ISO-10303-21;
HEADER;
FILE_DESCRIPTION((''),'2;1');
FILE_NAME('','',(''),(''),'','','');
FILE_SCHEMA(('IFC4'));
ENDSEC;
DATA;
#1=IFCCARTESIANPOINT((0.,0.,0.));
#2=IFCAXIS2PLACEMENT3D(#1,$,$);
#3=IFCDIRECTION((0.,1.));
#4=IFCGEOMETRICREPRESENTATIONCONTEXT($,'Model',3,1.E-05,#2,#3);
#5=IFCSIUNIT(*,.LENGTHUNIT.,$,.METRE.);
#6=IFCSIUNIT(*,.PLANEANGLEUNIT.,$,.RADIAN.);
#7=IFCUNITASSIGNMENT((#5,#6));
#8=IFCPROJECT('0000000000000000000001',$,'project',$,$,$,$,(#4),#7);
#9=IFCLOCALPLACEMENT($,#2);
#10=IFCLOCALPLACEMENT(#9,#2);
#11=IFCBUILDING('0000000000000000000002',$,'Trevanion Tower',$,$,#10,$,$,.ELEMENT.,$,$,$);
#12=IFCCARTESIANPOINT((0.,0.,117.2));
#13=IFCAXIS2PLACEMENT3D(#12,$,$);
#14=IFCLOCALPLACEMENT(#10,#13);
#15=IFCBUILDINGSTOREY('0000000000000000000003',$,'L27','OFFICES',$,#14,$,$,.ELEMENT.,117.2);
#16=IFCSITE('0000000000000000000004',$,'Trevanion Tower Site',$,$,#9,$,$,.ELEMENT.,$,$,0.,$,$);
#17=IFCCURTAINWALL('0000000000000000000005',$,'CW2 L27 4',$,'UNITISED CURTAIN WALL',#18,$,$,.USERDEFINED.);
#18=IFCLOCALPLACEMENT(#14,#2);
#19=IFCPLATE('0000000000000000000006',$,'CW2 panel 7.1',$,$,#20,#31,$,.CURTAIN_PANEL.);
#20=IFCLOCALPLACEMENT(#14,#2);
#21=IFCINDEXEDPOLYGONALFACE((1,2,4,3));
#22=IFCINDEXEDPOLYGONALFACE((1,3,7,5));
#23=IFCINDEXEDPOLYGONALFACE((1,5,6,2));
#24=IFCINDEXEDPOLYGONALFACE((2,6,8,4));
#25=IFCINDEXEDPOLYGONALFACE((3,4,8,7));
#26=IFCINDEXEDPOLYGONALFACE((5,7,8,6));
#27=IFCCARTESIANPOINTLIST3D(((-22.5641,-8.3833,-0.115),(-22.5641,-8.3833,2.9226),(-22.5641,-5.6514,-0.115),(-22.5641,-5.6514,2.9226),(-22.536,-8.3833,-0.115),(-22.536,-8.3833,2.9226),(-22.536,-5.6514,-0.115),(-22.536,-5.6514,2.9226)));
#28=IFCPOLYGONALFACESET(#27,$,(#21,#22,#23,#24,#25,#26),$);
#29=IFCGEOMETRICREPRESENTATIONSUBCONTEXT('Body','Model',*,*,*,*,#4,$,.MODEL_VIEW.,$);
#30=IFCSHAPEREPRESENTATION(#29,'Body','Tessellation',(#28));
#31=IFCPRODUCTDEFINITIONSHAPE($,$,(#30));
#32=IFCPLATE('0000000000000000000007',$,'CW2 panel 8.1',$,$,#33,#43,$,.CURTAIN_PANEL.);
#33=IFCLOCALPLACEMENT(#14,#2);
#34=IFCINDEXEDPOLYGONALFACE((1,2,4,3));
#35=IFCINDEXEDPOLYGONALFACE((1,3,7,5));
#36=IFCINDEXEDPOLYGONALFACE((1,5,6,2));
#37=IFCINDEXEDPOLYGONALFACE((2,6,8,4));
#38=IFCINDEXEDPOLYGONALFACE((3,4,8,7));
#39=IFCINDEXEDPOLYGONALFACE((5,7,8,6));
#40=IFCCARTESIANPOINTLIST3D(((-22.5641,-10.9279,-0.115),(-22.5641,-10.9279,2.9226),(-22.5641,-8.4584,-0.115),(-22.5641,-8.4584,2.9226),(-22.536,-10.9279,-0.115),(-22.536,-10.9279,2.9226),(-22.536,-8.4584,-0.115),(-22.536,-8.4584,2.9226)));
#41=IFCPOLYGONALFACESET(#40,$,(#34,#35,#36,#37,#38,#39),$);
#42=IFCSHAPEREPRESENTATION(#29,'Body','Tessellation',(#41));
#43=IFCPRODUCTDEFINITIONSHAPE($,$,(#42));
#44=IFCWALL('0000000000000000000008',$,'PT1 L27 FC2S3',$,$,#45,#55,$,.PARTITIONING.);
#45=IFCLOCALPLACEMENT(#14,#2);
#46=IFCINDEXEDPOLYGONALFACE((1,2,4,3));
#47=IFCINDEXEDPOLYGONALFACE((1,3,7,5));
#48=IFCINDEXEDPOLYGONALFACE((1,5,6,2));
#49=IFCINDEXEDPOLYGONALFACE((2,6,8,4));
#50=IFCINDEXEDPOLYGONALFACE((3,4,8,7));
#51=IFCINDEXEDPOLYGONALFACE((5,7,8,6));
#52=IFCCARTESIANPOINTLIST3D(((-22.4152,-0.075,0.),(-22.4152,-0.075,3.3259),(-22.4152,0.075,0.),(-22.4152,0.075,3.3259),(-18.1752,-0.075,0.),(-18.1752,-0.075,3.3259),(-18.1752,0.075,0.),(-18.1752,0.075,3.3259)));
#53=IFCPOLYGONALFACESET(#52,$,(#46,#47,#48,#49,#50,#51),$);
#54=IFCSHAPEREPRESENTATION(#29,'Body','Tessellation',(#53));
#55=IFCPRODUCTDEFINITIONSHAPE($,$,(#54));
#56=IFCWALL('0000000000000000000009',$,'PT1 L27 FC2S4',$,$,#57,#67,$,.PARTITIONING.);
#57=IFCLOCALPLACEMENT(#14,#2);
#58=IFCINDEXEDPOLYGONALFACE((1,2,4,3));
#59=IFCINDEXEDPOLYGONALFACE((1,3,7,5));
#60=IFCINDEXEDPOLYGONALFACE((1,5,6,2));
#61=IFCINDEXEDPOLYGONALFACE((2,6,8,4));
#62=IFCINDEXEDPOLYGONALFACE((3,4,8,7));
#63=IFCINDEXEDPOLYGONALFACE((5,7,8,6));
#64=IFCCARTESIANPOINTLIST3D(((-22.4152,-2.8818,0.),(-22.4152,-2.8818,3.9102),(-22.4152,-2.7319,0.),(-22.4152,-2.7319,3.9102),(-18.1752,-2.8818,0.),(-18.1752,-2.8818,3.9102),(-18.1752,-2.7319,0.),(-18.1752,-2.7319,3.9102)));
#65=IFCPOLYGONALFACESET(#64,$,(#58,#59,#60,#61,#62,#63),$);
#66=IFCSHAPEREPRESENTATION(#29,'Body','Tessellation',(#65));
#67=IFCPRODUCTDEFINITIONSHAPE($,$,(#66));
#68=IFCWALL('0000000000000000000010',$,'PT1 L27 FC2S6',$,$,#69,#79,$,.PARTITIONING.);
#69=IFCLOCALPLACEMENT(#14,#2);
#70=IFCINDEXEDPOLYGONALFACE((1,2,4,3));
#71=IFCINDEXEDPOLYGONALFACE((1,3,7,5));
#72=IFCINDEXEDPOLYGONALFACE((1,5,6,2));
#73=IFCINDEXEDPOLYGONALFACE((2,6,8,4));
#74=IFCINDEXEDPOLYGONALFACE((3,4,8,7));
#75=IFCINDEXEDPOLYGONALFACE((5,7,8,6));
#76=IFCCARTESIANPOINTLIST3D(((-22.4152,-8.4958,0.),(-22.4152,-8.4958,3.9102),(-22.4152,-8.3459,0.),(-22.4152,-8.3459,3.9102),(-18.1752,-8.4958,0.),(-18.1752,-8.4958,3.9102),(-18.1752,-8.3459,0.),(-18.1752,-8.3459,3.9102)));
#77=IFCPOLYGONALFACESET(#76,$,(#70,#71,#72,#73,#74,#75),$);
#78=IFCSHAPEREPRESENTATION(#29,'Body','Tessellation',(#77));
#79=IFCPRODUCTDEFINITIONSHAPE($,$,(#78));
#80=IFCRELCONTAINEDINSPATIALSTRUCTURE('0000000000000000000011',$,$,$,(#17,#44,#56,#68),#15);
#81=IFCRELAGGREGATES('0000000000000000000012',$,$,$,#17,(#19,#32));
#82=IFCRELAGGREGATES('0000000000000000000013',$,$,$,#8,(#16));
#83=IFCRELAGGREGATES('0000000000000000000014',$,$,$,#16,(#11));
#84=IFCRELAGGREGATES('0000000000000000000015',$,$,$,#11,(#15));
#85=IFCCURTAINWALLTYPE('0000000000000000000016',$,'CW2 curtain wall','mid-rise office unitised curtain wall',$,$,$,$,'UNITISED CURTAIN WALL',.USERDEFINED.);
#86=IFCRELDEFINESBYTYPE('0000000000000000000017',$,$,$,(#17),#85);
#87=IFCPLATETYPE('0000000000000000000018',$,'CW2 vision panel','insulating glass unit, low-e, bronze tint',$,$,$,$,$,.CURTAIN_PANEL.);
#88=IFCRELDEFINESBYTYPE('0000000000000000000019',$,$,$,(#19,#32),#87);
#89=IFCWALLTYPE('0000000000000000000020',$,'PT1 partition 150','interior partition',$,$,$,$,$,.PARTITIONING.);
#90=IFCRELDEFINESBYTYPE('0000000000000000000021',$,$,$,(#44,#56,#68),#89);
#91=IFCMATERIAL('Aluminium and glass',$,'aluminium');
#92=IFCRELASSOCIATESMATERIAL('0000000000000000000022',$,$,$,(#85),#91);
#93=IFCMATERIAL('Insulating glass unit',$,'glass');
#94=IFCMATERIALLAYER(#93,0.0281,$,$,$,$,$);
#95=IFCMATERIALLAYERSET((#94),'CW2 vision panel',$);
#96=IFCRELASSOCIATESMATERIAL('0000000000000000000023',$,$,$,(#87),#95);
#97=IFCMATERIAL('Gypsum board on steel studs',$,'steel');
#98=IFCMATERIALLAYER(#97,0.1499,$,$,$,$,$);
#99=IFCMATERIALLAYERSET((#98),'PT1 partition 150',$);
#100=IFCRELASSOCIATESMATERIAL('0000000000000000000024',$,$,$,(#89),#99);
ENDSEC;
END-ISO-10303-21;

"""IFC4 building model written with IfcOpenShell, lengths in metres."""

from ifc_helpers import new_model, si_unit, direction, frame, frame_2d, origin, origin_2d, place, context, subcontext, project, spatial, rectangle, extrude, material, layer, layer_set, type_object, element, aggregate, save


model = new_model("IFC4")

# Units and contexts
model_context = context("Model", 3, precision=1e-05, world=origin(), true_north=direction((0.0, 1.0)))
body_context = subcontext(model_context, "Body", "Model", "MODEL_VIEW")
ifc_project = project(units=[si_unit("LENGTHUNIT", "METRE"), si_unit("PLANEANGLEUNIT", "RADIAN")], contexts=[model_context])

# Site, building, storey
site_placement = place(None, origin())
site = spatial("IfcSite", under=ifc_project, at=site_placement, Name="Trevanion Tower Site", CompositionType="ELEMENT", RefElevation=0.0)
building_placement = place(site_placement, origin())
building = spatial("IfcBuilding", under=site, at=building_placement, Name="Trevanion Tower", CompositionType="ELEMENT")
storey_placement = place(building_placement, frame((0.0, 0.0, 117.2)))
storey = spatial("IfcBuildingStorey", under=building, at=storey_placement, Name="L27", Description="OFFICES", CompositionType="ELEMENT", Elevation=117.2)

# Curtain wall
ifc_material_1 = material(Name="Aluminium and glass", Category="aluminium")
curtain_wall_type = type_object("IfcCurtainWallType", Name="CW2 curtain wall", Description="mid-rise office unitised curtain wall", ElementType="UNITISED CURTAIN WALL", PredefinedType="USERDEFINED", material=ifc_material_1)
curtain_wall_1_placement = place(storey_placement, origin())
curtain_wall_1 = element("IfcCurtainWall", 1, at=curtain_wall_1_placement, inside=storey, type_object=curtain_wall_type, Name="CW2 L27 4", ObjectType="UNITISED CURTAIN WALL", PredefinedType="USERDEFINED")

# Plates
ifc_material_2 = material(Name="Insulating glass unit", Category="glass")
ifc_layer_1 = layer(ifc_material_2, 0.0281)
ifc_layer_set_1 = layer_set([ifc_layer_1], Name="CW2 vision panel")
plate_type_1 = type_object("IfcPlateType", Name="CW2 vision panel", Description="insulating glass unit, low-e, bronze tint", PredefinedType="CURTAIN_PANEL", material=ifc_layer_set_1)
plate_1_placement = place(storey_placement, frame((-22.55, -7.0173, -0.115), z_axis=(0.0, 0.0, 1.0), x_axis=(0.0, -1.0, 0.0)))
plate_1 = element("IfcPlate", 2, at=plate_1_placement, type_object=plate_type_1, Name="CW2 panel 7.1", PredefinedType="CURTAIN_PANEL", context=body_context, shape_type="SweptSolid", body=[
    extrude(rectangle(XDim=2.7319, YDim=0.0281, at=origin_2d()), origin(), (0.0, 0.0, 1.0), 3.0376),
])
plate_2_placement = place(storey_placement, frame((-22.55, -9.6931, -0.115), z_axis=(0.0, 0.0, 1.0), x_axis=(0.0, -1.0, 0.0)))
plate_2 = element("IfcPlate", 3, at=plate_2_placement, type_object=plate_type_1, Name="CW2 panel 8.1", PredefinedType="CURTAIN_PANEL", context=body_context, shape_type="SweptSolid", body=[
    extrude(rectangle(XDim=2.4695, YDim=0.0281, at=origin_2d()), origin(), (0.0, 0.0, 1.0), 3.0376),
])
aggregate(curtain_wall_1, [plate_1, plate_2])

# Walls
ifc_material_3 = material(Name="Gypsum board on steel studs", Category="steel")
ifc_layer_2 = layer(ifc_material_3, 0.1499)
ifc_layer_set_2 = layer_set([ifc_layer_2], Name="PT1 partition 150")
wall_type = type_object("IfcWallType", Name="PT1 partition 150", Description="interior partition", PredefinedType="PARTITIONING", material=ifc_layer_set_2)
wall_placement = place(storey_placement, frame((-18.175, 0.0, 0.0), z_axis=(0.0, 0.0, 1.0), x_axis=(-1.0, 0.0, 0.0)))
element("IfcWall", 4, at=wall_placement, inside=storey, type_object=wall_type, Name="PT1 L27 FC2S3", PredefinedType="PARTITIONING", context=body_context, shape_type="SweptSolid", body=[
    extrude(rectangle(XDim=4.24, YDim=0.1499, at=frame_2d((2.1201, 0.0))), origin(), (0.0, 0.0, 1.0), 3.3259),
])
for number, where, z_axis, x_axis, name in (
    (5, (-18.175, -2.8069, 0.0), (0.0, 0.0, 1.0), (-1.0, 0.0, 0.0), "PT1 L27 FC2S4"),
    (6, (-18.175, -8.4209, 0.0), (0.0, 0.0, 1.0), (-1.0, 0.0, 0.0), "PT1 L27 FC2S6"),
):
    element("IfcWall", number, at=place(storey_placement, frame(where, z_axis=z_axis, x_axis=x_axis)), inside=storey, type_object=wall_type, Name=name, PredefinedType="PARTITIONING", context=body_context, shape_type="SweptSolid", body=[
        extrude(rectangle(XDim=4.24, YDim=0.1499, at=frame_2d((2.1201, 0.0))), origin(), (0.0, 0.0, 1.0), 3.9102),
    ])

save(model, "model.ifc")
